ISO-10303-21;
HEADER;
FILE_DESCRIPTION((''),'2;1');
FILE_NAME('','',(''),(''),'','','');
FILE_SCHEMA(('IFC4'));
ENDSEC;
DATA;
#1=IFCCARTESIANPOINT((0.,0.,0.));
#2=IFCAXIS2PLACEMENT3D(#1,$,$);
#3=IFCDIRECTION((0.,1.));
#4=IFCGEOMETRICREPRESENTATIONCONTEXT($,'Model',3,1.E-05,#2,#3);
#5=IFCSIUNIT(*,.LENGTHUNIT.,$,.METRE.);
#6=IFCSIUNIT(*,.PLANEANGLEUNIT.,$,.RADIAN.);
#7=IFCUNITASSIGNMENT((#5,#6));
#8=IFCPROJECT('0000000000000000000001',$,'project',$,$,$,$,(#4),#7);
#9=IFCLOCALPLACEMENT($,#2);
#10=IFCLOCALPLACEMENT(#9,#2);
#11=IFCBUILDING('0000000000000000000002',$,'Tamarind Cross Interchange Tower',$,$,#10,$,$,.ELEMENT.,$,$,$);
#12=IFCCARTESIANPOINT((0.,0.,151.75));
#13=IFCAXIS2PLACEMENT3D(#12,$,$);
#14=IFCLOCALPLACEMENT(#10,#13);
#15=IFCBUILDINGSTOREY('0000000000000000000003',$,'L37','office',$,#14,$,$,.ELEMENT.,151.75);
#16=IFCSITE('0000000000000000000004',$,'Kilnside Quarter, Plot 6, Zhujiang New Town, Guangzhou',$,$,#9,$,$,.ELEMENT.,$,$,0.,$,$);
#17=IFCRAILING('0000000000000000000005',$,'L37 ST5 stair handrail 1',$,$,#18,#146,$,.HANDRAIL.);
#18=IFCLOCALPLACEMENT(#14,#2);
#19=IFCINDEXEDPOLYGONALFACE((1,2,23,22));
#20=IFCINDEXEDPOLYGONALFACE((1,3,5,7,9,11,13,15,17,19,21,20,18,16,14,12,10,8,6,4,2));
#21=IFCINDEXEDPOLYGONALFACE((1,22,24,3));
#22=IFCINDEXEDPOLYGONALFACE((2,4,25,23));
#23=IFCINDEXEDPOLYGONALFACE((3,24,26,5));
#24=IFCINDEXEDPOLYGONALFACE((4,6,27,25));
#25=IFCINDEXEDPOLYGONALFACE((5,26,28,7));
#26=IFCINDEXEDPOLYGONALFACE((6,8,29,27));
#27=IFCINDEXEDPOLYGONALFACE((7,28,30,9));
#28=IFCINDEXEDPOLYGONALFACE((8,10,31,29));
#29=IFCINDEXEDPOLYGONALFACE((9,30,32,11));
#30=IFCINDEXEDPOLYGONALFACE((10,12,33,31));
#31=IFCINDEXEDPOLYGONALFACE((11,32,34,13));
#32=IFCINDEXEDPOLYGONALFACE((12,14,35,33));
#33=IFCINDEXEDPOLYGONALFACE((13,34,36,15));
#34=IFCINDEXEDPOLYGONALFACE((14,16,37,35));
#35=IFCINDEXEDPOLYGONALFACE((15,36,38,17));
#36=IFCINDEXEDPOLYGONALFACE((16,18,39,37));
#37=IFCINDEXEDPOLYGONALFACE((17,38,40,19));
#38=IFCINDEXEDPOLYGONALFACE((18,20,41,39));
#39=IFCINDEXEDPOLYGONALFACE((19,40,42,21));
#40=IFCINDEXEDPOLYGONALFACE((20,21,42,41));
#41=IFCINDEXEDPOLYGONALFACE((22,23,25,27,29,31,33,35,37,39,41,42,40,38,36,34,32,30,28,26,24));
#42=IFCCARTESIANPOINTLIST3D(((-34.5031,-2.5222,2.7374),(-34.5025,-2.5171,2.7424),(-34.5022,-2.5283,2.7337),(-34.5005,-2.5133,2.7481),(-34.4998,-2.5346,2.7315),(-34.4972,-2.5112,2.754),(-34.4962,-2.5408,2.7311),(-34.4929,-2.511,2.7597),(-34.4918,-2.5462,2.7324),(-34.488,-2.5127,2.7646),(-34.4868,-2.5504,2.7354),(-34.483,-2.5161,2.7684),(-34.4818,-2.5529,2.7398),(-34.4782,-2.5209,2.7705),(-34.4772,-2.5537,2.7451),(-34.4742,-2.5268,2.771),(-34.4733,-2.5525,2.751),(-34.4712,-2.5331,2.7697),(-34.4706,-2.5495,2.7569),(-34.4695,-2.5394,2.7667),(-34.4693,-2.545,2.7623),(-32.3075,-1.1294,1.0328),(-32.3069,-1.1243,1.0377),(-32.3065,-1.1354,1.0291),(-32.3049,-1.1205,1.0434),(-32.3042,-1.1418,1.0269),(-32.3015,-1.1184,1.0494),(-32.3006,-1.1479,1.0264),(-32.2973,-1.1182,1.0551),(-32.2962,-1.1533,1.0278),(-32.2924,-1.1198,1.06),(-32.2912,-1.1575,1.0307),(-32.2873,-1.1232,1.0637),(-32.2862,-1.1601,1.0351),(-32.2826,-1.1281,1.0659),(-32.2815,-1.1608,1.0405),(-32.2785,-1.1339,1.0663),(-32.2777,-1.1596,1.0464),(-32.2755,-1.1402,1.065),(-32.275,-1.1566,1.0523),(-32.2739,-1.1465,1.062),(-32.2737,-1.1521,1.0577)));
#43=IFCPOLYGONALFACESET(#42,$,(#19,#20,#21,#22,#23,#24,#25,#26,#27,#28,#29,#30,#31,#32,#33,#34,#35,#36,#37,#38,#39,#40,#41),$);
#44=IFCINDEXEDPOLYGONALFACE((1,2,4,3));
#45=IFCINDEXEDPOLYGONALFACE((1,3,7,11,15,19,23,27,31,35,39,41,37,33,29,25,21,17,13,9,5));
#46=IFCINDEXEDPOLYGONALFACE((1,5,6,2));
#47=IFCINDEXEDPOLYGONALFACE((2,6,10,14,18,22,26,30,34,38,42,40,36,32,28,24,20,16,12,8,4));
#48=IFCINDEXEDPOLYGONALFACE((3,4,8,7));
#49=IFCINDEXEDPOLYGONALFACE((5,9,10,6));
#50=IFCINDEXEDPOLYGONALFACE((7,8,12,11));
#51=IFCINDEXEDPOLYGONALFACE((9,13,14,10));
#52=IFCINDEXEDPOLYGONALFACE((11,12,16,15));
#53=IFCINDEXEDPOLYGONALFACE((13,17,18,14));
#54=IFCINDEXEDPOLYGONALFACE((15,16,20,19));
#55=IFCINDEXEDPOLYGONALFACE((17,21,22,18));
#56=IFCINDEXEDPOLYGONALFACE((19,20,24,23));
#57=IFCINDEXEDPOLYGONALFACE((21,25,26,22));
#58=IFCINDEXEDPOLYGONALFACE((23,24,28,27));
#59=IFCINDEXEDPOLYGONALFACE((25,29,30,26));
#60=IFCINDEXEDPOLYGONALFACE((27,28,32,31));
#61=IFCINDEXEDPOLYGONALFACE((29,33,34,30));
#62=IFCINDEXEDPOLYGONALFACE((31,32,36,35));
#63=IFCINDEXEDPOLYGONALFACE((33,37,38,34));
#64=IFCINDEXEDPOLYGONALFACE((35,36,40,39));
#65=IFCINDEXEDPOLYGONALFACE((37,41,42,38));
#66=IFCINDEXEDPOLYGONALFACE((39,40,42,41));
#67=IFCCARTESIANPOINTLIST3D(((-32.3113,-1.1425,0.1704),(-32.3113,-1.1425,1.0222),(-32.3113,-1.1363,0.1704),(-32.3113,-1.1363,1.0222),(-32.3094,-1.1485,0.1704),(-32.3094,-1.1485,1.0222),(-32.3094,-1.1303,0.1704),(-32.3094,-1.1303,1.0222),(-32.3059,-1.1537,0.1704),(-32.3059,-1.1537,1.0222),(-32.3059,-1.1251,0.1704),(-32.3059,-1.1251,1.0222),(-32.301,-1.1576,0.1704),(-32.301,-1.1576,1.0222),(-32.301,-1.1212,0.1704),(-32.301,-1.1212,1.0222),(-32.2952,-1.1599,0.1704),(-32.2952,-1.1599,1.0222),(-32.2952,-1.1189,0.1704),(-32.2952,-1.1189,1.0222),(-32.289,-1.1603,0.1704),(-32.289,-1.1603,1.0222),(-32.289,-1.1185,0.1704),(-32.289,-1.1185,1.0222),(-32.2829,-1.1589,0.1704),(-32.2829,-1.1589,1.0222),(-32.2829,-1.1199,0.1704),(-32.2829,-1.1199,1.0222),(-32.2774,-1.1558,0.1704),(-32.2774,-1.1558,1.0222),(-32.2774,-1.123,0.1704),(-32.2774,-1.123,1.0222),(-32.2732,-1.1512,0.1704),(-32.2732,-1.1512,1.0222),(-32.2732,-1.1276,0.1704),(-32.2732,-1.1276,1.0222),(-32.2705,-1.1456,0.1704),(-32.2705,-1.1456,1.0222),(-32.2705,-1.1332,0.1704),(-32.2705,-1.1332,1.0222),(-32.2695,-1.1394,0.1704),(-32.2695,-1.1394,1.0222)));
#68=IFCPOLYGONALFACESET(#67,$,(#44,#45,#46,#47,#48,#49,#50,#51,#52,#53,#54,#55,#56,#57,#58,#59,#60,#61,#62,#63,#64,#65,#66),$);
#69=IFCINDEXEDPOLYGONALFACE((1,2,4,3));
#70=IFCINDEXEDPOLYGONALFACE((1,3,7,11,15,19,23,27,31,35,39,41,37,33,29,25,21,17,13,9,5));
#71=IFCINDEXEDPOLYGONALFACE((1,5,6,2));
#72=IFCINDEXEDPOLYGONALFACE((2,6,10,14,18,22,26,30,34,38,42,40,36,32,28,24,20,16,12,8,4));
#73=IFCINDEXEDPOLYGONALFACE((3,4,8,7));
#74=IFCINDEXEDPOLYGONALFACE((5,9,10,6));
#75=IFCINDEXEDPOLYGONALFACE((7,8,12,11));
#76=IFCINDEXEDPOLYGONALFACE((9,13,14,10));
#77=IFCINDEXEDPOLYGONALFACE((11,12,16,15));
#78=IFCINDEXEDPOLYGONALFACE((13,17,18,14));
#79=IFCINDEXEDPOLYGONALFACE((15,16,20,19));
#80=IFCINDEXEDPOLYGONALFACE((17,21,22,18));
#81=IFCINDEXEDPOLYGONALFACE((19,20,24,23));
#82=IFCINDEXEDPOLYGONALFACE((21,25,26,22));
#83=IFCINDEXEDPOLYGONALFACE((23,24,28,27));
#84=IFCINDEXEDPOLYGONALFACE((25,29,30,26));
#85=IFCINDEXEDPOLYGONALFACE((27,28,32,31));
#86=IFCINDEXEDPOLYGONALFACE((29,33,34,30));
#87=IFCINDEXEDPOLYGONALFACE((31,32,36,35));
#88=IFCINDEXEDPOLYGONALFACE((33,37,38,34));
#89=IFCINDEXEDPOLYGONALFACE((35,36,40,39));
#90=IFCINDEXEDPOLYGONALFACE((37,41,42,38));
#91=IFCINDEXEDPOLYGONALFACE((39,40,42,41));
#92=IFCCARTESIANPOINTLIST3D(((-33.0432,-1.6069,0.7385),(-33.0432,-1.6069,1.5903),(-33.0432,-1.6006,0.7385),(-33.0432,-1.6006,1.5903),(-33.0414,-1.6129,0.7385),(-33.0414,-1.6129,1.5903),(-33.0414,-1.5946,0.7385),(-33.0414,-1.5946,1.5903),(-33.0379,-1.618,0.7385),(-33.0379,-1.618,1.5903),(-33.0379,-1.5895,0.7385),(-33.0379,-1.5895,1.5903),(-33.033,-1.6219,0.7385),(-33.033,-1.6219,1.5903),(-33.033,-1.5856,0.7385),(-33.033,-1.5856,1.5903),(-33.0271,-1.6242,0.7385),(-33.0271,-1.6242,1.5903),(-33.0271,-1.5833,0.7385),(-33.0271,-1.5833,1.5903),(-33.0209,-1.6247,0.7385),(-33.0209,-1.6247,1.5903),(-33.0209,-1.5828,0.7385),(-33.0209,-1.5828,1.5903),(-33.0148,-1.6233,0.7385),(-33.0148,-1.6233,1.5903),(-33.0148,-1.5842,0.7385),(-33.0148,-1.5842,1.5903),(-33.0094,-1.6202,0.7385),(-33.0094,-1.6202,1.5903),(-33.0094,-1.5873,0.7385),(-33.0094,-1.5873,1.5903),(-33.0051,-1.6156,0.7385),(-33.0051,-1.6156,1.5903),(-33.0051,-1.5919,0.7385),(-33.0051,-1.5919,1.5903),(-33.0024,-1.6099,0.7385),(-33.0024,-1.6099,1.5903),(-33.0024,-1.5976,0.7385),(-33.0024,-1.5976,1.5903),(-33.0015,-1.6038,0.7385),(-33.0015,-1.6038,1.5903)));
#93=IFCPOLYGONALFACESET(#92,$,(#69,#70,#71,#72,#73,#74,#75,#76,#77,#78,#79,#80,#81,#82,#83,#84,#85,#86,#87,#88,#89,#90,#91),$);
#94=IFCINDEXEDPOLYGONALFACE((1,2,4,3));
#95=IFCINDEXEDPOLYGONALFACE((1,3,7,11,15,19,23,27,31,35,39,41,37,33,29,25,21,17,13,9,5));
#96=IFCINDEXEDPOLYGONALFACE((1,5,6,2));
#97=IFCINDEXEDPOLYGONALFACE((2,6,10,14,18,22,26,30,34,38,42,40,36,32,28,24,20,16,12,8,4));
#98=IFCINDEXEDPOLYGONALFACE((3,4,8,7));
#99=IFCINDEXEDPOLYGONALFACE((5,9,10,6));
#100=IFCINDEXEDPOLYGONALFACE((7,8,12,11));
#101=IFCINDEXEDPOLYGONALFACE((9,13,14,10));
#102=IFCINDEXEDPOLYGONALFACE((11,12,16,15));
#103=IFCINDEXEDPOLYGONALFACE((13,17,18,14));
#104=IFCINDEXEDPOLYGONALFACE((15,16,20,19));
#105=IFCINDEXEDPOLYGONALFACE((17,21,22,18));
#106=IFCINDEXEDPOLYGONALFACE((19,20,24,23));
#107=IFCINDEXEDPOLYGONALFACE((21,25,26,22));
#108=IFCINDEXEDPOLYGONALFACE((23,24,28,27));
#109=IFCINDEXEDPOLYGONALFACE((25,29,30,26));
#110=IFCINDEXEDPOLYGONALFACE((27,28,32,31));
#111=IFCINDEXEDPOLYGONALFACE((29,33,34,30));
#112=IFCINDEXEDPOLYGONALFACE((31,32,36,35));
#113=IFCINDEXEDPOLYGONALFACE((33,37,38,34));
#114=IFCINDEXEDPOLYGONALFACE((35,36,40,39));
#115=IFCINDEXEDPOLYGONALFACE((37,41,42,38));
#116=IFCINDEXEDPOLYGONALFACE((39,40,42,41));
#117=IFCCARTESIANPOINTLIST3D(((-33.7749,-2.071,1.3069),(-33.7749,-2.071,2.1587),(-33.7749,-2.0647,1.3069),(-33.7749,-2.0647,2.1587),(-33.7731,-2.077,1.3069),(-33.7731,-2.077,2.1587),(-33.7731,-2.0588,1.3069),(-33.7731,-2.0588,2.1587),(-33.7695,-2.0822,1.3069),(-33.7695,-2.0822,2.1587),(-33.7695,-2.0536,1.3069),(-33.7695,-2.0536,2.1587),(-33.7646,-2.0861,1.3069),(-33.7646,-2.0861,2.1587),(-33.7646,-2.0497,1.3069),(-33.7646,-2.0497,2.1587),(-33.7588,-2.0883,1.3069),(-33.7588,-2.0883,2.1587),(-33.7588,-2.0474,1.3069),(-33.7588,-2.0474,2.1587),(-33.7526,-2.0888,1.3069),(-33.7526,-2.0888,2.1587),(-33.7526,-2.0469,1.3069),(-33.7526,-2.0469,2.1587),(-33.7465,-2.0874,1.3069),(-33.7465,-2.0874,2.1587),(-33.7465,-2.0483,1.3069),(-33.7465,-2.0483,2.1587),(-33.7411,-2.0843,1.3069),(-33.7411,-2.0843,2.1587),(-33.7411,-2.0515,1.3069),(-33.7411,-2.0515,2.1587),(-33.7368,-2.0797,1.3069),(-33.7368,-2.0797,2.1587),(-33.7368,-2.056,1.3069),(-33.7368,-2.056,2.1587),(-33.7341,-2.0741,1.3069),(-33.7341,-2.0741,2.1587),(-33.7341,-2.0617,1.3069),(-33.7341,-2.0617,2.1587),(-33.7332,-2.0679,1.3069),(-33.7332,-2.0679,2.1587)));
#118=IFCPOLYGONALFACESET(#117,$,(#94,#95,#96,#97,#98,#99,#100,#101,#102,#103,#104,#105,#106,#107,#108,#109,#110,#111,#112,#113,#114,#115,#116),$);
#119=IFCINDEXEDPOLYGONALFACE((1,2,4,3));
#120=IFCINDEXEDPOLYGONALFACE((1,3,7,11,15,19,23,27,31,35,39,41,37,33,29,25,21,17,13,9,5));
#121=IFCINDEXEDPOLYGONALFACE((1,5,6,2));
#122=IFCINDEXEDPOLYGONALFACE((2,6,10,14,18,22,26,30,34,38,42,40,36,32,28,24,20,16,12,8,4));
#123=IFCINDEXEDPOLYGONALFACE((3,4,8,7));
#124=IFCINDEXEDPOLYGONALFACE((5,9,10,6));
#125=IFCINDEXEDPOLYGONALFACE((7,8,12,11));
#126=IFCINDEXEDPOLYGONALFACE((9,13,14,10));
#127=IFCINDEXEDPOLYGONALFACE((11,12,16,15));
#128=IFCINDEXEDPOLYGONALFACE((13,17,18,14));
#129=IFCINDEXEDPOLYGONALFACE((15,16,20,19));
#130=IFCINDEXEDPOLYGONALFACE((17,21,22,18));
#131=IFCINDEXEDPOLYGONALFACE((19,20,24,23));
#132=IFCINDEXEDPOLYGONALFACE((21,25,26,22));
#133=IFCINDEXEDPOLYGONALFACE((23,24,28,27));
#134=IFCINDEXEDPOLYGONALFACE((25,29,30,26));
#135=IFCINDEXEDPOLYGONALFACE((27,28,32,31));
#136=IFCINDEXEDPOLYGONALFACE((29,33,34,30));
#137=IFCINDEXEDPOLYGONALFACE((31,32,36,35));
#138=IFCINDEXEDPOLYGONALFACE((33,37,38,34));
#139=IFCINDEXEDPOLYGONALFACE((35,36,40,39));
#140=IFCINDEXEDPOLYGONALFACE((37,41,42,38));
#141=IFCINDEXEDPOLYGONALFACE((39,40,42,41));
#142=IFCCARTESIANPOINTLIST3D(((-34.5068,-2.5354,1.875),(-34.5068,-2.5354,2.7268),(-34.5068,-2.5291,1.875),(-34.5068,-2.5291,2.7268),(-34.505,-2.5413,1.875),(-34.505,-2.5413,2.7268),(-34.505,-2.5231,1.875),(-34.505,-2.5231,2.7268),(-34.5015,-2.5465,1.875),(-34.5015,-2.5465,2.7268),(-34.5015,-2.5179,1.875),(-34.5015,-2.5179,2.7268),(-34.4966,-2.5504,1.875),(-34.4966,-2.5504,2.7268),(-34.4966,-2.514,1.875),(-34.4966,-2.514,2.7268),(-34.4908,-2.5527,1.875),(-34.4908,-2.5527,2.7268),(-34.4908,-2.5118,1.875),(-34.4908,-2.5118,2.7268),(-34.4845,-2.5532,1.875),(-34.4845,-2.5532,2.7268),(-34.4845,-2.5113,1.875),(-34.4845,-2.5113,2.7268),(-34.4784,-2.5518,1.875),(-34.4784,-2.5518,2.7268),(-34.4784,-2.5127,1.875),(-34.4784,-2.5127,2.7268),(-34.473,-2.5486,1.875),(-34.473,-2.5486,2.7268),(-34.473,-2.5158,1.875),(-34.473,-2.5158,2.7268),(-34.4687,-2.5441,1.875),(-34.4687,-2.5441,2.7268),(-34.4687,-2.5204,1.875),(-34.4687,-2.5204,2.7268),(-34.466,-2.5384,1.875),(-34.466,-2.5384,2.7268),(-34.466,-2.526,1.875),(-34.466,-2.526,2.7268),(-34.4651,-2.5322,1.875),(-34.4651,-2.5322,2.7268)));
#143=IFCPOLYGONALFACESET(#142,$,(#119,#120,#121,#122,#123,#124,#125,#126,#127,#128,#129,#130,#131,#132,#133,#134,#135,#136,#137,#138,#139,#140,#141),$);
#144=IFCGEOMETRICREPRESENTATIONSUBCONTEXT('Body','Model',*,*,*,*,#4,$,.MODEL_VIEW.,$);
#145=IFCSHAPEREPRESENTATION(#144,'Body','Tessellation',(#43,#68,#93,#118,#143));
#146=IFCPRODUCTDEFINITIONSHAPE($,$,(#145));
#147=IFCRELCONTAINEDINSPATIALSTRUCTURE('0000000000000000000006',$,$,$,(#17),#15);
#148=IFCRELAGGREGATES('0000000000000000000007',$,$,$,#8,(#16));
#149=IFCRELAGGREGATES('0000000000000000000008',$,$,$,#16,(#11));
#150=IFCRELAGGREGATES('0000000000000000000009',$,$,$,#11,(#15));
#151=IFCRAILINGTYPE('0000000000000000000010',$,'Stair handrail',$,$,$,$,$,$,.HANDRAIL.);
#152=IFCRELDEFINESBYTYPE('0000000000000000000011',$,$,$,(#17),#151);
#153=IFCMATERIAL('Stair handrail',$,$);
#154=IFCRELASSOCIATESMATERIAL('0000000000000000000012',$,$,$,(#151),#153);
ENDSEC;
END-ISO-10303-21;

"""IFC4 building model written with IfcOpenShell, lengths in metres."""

from ifc_helpers import new_model, si_unit, direction, frame, origin, origin_2d, place, context, subcontext, project, spatial, circle, extrude, material, type_object, element, save


model = new_model("IFC4")

# Units and contexts
model_context = context("Model", 3, precision=1e-05, world=origin(), true_north=direction((0.0, 1.0)))
body_context = subcontext(model_context, "Body", "Model", "MODEL_VIEW")
ifc_project = project(units=[si_unit("LENGTHUNIT", "METRE"), si_unit("PLANEANGLEUNIT", "RADIAN")], contexts=[model_context])

# Site, building, storey
site_placement = place(None, origin())
site = spatial("IfcSite", under=ifc_project, at=site_placement, Name="Kilnside Quarter, Plot 6, Zhujiang New Town, Guangzhou", CompositionType="ELEMENT", RefElevation=0.0)
building_placement = place(site_placement, origin())
building = spatial("IfcBuilding", under=site, at=building_placement, Name="Tamarind Cross Interchange Tower", CompositionType="ELEMENT")
storey_placement = place(building_placement, frame((0.0, 0.0, 151.75)))
storey = spatial("IfcBuildingStorey", under=building, at=storey_placement, Name="L37", Description="office", CompositionType="ELEMENT", Elevation=151.75)

# Railing
ifc_material_1 = material(Name="Stair handrail")
railing_type_1 = type_object("IfcRailingType", Name="Stair handrail", PredefinedType="HANDRAIL", material=ifc_material_1)
railing_1_placement = place(storey_placement, frame((-32.2905, -1.1394, 0.1704)))
element("IfcRailing", 1, at=railing_1_placement, inside=storey, type_object=railing_type_1, Name="L37 ST5 stair handrail 1", PredefinedType="HANDRAIL", context=body_context, shape_type="SweptSolid", body=[
    extrude(circle(Radius=0.0239, at=origin_2d()), frame((0.0, 0.0, 0.876), z_axis=(-0.706188, -0.447993, 0.548271), x_axis=(0.535684, -0.844418, 0.0)), (0.0, 0.0, 1.0), 3.1091),
    extrude(circle(Radius=0.021, at=origin_2d()), origin(), (0.0, 0.0, 1.0), 0.8518),
    extrude(circle(Radius=0.021, at=origin_2d()), frame((-0.7319, -0.4644, 0.5681)), (0.0, 0.0, 1.0), 0.8518),
    extrude(circle(Radius=0.021, at=origin_2d()), frame((-1.4636, -0.9285, 1.1365)), (0.0, 0.0, 1.0), 0.8518),
    extrude(circle(Radius=0.021, at=origin_2d()), frame((-2.1956, -1.3928, 1.7046)), (0.0, 0.0, 1.0), 0.8518),
])

save(model, "model.ifc")
